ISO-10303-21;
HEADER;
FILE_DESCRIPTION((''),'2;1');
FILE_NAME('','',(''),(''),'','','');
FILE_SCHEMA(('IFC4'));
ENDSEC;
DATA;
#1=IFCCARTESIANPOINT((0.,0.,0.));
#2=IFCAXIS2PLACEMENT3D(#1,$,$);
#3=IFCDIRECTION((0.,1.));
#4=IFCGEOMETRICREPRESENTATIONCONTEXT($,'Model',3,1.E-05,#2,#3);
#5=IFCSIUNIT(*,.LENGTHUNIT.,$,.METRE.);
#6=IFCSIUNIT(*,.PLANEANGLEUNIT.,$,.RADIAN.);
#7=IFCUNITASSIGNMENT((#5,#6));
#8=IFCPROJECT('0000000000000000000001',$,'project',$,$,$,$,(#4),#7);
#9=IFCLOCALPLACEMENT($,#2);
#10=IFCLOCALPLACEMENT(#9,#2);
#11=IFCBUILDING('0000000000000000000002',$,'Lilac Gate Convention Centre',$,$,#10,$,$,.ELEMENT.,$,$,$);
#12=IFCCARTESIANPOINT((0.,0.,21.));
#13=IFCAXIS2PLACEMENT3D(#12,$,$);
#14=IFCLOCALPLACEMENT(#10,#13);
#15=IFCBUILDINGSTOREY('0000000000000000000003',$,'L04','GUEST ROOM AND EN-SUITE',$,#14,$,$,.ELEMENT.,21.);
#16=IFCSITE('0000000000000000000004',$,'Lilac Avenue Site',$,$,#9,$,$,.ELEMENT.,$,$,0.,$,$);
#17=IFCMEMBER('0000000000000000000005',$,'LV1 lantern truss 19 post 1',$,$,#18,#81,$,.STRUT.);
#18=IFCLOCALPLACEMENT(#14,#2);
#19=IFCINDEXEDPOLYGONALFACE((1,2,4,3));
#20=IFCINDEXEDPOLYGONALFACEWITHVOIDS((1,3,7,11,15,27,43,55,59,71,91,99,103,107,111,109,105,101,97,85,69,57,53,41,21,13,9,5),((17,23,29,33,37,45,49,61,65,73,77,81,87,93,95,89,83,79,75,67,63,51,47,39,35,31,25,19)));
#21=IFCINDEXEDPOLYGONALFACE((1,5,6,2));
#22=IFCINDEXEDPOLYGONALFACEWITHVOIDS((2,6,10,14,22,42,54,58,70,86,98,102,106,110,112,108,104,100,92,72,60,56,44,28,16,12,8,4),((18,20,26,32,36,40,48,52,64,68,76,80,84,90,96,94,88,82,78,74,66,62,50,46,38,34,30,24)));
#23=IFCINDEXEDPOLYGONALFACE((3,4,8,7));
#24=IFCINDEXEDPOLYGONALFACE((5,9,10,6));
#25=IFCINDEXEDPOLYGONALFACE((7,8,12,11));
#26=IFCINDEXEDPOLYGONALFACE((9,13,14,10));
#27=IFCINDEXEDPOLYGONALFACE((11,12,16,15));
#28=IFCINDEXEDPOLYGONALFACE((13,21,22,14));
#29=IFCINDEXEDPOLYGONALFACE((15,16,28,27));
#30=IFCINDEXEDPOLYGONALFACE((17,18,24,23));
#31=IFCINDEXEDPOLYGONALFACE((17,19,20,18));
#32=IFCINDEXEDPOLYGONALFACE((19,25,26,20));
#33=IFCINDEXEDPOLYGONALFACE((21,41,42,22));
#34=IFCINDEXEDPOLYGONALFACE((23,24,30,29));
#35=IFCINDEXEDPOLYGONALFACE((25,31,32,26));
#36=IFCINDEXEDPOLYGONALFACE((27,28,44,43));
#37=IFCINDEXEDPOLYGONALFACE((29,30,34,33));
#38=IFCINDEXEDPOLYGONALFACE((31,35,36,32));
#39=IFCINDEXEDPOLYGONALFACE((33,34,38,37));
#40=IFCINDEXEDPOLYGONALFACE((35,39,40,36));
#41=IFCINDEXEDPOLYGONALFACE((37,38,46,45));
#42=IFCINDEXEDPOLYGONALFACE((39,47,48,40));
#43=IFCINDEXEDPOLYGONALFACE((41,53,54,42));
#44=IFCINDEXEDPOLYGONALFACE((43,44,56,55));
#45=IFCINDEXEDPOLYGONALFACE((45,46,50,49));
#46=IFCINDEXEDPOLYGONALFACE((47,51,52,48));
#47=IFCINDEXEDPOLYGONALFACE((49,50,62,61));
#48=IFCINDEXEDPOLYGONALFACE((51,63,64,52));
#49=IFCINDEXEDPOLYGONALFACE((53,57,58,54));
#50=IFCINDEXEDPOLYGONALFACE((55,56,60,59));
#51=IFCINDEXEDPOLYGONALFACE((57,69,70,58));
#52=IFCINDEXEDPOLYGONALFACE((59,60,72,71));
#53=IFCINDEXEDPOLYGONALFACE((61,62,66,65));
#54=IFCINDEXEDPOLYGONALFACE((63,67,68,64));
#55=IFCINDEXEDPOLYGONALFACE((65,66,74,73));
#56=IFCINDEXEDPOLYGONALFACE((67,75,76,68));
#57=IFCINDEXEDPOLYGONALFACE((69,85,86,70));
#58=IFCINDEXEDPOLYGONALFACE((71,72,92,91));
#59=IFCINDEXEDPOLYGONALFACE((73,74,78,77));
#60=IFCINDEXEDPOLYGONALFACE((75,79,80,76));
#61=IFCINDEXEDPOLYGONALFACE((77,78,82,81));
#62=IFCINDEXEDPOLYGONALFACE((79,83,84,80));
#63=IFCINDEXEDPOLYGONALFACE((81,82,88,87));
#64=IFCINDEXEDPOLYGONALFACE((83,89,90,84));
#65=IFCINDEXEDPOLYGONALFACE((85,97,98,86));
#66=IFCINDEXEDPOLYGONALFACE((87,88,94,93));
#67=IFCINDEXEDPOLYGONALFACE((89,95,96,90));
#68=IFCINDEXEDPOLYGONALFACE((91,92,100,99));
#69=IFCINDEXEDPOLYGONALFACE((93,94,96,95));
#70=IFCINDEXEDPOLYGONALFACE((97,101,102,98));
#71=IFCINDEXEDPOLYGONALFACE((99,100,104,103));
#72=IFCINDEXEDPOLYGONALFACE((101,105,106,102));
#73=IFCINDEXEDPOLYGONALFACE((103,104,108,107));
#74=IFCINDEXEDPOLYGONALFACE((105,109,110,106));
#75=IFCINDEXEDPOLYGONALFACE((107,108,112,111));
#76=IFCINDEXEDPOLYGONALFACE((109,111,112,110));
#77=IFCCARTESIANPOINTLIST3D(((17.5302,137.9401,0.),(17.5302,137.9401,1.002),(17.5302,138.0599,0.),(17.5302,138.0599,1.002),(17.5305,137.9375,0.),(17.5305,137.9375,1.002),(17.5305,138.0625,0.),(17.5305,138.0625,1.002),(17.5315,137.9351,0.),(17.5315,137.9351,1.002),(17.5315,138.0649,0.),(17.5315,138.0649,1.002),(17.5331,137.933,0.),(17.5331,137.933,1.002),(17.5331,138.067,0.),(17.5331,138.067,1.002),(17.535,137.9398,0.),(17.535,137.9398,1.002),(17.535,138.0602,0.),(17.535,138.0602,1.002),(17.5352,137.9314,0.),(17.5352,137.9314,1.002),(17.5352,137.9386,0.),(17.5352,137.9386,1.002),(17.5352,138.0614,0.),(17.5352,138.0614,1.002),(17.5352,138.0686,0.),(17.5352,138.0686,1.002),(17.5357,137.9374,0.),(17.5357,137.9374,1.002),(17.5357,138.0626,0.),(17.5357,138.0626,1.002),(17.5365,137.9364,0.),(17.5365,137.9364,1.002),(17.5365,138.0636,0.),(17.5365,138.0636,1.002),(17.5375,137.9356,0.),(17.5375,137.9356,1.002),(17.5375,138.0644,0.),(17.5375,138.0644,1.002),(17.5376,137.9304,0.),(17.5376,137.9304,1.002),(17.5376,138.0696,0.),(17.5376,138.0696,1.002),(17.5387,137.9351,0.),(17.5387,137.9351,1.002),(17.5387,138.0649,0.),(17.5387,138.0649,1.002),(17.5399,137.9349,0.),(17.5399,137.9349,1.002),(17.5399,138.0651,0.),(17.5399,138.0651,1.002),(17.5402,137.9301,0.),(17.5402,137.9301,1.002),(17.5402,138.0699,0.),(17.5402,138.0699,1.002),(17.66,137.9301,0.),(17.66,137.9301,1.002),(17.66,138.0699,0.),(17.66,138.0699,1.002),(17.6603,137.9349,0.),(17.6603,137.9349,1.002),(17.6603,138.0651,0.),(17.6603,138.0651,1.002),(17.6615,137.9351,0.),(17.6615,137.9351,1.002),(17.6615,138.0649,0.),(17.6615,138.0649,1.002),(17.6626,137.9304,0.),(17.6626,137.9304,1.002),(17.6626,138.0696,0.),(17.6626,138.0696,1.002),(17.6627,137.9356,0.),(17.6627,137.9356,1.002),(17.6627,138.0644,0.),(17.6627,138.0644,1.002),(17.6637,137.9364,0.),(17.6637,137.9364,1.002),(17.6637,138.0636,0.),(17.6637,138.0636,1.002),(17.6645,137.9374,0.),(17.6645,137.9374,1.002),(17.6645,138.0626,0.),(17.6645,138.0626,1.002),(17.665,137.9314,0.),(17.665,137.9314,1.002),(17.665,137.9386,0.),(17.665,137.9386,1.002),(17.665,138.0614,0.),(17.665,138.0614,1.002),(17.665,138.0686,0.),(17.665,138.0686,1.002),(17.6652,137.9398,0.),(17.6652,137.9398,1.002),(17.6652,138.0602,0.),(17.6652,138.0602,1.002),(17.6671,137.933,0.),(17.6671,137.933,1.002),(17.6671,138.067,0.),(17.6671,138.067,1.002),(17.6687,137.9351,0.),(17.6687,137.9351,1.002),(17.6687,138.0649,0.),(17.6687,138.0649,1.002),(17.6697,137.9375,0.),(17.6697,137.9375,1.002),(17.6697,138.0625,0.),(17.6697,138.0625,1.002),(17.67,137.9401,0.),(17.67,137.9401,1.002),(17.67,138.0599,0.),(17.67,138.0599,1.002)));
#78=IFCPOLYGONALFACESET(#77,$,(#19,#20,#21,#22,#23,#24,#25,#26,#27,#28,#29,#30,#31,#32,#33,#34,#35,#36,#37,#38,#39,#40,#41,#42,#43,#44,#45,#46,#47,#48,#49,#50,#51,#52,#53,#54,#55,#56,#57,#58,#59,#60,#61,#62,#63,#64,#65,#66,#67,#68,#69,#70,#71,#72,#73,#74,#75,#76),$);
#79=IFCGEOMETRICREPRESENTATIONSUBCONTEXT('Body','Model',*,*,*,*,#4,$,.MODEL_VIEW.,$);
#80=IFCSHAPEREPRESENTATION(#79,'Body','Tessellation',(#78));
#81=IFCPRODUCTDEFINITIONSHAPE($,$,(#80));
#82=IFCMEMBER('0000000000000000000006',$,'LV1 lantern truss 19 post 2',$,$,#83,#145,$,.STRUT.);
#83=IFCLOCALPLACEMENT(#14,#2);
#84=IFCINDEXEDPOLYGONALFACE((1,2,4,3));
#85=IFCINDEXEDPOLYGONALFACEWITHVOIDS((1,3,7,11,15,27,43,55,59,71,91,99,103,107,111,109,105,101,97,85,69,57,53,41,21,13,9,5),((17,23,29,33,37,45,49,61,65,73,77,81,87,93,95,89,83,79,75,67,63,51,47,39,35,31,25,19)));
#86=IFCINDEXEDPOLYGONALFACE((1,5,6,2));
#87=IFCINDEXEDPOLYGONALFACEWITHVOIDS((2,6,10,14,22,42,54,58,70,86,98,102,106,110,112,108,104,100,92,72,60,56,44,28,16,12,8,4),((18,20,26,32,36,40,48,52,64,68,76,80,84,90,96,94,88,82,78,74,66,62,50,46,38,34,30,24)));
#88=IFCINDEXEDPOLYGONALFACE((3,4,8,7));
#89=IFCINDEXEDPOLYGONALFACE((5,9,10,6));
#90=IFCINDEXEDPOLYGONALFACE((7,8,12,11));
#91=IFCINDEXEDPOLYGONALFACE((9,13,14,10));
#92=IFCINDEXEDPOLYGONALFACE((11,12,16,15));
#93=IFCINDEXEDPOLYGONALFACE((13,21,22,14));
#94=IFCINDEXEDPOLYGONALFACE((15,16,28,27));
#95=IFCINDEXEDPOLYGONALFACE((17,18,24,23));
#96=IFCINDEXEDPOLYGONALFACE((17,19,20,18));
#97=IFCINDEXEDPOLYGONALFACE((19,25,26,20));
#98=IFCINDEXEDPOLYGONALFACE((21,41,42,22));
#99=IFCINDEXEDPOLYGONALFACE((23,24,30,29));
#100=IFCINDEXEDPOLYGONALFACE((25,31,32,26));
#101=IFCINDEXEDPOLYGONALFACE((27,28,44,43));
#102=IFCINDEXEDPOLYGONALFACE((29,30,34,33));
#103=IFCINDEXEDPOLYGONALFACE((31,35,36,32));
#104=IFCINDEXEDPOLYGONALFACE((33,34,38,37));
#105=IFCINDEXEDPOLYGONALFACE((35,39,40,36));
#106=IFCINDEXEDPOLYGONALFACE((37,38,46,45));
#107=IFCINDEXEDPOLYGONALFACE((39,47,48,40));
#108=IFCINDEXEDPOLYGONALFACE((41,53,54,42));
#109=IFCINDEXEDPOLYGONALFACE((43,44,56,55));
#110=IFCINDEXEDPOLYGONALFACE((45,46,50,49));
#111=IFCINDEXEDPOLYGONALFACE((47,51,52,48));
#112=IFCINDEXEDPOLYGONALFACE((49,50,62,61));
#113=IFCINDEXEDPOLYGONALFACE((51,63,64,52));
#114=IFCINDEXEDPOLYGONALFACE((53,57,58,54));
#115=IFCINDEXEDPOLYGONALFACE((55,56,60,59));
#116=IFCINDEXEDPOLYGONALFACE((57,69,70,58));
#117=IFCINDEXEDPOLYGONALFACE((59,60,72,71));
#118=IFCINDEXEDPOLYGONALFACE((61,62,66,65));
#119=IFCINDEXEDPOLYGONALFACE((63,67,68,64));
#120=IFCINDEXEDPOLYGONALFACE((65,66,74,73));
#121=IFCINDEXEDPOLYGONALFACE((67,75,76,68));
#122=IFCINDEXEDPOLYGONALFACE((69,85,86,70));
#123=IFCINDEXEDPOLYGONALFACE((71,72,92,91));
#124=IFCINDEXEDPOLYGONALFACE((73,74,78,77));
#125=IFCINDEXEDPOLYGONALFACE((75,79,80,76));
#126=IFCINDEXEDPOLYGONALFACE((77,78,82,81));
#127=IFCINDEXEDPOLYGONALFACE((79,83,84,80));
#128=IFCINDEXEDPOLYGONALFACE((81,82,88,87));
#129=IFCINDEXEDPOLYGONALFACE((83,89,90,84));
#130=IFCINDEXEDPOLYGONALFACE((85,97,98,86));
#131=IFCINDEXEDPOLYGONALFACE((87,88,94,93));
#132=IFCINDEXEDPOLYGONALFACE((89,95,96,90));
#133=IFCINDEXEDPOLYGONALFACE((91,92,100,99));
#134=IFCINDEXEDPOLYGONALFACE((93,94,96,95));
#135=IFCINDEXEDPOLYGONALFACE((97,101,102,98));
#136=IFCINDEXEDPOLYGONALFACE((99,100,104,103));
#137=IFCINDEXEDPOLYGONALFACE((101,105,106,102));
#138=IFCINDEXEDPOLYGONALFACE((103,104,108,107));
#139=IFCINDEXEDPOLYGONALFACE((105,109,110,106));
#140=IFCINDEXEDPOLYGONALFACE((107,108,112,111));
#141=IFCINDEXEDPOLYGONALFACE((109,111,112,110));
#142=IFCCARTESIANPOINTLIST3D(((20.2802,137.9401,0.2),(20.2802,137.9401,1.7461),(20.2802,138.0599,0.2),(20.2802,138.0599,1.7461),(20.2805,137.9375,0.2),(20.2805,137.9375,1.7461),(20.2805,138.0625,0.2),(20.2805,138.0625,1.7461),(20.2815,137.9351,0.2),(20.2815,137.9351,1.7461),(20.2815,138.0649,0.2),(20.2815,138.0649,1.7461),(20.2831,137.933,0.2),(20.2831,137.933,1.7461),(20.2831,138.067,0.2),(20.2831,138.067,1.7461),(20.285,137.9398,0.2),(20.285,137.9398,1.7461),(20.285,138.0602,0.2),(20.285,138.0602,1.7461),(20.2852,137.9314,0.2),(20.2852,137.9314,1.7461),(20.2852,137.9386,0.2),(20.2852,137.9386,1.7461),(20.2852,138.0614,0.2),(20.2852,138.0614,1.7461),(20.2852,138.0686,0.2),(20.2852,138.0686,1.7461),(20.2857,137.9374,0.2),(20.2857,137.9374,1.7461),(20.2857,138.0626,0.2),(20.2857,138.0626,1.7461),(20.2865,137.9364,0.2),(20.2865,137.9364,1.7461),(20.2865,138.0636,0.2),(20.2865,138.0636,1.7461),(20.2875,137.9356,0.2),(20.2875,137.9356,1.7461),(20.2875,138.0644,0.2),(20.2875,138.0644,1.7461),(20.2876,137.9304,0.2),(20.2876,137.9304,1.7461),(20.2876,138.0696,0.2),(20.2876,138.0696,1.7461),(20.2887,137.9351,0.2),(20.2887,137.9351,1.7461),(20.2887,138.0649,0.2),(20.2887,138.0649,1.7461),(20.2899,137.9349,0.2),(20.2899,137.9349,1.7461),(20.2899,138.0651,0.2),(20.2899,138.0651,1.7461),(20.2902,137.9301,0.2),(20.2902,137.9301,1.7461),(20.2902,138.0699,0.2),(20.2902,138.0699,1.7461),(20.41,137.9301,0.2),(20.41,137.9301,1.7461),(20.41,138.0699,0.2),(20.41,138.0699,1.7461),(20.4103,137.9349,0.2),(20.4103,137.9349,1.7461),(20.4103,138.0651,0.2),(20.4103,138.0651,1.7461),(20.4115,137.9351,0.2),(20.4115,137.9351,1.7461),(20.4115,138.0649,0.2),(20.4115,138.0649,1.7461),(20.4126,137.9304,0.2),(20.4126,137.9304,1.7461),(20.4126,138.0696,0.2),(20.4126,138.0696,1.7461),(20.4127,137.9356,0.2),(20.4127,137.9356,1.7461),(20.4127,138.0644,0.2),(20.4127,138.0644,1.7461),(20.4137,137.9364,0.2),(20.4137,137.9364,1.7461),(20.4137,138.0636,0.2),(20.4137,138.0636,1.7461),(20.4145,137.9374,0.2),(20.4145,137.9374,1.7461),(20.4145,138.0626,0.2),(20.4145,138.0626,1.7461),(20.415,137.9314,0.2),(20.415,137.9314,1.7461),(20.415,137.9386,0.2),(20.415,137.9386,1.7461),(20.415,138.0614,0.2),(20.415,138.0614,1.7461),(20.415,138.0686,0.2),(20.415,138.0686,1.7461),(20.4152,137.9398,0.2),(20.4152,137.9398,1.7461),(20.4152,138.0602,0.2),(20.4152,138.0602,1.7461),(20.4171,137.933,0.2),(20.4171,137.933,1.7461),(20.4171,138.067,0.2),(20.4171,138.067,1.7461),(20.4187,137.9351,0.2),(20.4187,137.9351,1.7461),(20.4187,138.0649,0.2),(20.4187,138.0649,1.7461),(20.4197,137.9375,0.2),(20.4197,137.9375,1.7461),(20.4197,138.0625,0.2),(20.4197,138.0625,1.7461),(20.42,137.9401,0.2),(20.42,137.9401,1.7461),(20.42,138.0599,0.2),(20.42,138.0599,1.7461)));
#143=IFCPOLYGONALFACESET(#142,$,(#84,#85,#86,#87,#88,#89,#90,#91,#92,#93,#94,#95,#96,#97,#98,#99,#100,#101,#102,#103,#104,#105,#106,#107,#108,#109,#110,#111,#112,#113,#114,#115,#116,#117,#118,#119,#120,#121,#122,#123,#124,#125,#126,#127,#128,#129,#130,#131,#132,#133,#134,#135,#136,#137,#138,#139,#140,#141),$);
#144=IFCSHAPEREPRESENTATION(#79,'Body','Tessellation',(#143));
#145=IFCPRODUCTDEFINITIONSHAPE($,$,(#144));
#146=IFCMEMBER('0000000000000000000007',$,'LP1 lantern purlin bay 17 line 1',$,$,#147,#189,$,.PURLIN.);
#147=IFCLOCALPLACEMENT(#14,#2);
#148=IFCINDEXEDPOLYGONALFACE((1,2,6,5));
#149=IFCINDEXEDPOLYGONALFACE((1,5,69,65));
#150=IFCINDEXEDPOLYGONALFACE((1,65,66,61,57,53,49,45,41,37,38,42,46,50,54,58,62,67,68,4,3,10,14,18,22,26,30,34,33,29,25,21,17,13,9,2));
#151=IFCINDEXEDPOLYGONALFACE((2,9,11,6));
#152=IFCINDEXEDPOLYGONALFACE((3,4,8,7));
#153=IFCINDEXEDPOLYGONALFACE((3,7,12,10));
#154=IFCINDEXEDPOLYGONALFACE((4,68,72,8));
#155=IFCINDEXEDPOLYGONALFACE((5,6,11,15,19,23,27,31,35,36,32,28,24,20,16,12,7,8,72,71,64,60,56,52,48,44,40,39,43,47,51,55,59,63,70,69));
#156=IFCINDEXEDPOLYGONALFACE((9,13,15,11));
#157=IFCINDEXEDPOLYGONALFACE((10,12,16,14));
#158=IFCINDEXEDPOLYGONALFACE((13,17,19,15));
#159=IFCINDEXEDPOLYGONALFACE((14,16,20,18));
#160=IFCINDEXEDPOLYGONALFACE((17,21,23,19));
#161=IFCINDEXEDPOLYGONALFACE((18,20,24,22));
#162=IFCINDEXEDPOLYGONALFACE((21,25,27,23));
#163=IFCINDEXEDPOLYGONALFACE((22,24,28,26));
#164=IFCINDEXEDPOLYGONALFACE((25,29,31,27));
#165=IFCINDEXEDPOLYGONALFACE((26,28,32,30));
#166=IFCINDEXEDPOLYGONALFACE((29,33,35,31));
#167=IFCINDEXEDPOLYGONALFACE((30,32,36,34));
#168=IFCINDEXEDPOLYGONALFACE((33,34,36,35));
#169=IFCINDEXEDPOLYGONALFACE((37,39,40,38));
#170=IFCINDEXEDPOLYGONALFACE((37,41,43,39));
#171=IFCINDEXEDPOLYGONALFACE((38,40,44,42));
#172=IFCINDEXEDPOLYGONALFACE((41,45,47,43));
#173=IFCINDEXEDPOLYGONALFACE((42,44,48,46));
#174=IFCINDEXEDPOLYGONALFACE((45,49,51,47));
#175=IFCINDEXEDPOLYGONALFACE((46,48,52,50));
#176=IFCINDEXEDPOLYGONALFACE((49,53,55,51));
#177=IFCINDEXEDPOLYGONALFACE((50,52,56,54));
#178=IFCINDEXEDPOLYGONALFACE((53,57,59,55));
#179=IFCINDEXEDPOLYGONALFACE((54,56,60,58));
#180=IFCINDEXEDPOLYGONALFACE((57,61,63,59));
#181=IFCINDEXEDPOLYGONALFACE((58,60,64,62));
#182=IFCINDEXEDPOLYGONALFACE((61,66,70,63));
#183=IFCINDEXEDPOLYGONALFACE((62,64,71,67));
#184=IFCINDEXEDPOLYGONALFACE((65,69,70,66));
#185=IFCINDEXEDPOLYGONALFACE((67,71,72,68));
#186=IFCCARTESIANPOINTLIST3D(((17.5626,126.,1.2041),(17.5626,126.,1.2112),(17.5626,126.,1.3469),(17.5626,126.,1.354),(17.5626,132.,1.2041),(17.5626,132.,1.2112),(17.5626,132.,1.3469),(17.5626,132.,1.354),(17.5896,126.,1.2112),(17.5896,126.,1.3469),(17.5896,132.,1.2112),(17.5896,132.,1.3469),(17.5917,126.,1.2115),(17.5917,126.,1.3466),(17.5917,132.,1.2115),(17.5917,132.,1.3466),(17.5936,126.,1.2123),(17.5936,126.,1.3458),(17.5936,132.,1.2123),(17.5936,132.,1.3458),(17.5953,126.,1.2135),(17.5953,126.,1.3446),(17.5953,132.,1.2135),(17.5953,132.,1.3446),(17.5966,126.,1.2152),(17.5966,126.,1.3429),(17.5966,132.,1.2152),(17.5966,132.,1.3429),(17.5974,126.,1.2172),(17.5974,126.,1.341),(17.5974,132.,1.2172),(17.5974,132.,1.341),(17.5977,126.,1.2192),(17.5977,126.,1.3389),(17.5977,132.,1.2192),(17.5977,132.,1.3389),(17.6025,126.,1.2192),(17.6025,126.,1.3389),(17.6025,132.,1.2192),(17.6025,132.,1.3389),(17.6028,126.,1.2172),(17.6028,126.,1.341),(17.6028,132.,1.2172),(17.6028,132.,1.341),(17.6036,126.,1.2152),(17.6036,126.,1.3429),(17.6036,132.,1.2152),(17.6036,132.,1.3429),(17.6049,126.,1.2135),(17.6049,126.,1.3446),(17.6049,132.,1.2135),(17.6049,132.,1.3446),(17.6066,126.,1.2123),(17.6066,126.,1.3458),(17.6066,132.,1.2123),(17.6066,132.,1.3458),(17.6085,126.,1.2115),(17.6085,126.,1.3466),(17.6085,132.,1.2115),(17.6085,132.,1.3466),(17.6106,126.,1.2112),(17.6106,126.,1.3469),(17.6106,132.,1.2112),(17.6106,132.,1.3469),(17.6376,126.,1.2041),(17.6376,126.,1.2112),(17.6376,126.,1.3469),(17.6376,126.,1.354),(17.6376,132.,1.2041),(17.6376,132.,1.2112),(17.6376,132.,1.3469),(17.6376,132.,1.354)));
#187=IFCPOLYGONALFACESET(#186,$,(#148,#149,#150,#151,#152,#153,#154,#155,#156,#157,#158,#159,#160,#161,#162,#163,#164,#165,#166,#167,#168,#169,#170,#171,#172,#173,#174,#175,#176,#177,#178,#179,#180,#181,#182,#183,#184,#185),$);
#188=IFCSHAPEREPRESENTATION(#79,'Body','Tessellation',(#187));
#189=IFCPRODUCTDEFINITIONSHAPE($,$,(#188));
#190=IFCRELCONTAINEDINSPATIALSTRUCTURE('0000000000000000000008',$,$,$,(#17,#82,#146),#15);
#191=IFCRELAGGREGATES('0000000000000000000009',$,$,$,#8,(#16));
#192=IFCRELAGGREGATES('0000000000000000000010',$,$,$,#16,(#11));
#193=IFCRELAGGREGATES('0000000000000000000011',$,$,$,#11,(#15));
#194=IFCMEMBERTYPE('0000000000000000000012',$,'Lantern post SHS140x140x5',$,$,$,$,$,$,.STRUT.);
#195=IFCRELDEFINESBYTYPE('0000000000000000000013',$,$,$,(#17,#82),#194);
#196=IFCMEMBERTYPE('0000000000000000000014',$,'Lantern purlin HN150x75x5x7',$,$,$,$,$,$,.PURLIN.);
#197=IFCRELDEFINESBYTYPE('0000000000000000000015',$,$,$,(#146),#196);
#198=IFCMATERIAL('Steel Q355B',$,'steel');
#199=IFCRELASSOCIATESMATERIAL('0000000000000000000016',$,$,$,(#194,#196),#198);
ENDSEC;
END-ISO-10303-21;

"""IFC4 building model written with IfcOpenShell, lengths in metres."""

from ifc_helpers import new_model, si_unit, direction, frame, origin, origin_2d, place, context, subcontext, project, spatial, hollow_rectangle, i_section, extrude, material, material_profile, profile_set, type_object, element, save


model = new_model("IFC4")

# Units and contexts
model_context = context("Model", 3, precision=1e-05, world=origin(), true_north=direction((0.0, 1.0)))
body_context = subcontext(model_context, "Body", "Model", "MODEL_VIEW")
ifc_project = project(units=[si_unit("LENGTHUNIT", "METRE"), si_unit("PLANEANGLEUNIT", "RADIAN")], contexts=[model_context])

# Site, building, storey
site_placement = place(None, origin())
site = spatial("IfcSite", under=ifc_project, at=site_placement, Name="Lilac Avenue Site", CompositionType="ELEMENT", RefElevation=0.0)
building_placement = place(site_placement, origin())
building = spatial("IfcBuilding", under=site, at=building_placement, Name="Lilac Gate Convention Centre", CompositionType="ELEMENT")
storey_placement = place(building_placement, frame((0.0, 0.0, 21.0)))
storey = spatial("IfcBuildingStorey", under=building, at=storey_placement, Name="L04", Description="GUEST ROOM AND EN-SUITE", CompositionType="ELEMENT", Elevation=21.0)

# Members
ifc_material_1 = material(Name="Steel Q355B", Category="steel")
ifc_material_profile_1 = material_profile(ifc_material_1, hollow_rectangle(XDim=0.1399, YDim=0.1399, WallThickness=0.0049, InnerFilletRadius=0.0049, OuterFilletRadius=0.01, at=origin_2d()), Name="SHS140x140x5")
ifc_profile_set_1 = profile_set([ifc_material_profile_1], Name="Steel Q355B")
member_type_1 = type_object("IfcMemberType", Name="Lantern post SHS140x140x5", PredefinedType="STRUT", material=ifc_profile_set_1)
member_1_placement = place(storey_placement, frame((17.6001, 138.0, 0.0), z_axis=(0.0, 0.0, 1.0), x_axis=(1.0, 0.0, 0.0)))
element("IfcMember", 1, at=member_1_placement, inside=storey, type_object=member_type_1, Name="LV1 lantern truss 19 post 1", PredefinedType="STRUT", context=body_context, shape_type="SweptSolid", body=[
    extrude(hollow_rectangle(XDim=0.1399, YDim=0.1399, WallThickness=0.0049, InnerFilletRadius=0.0049, OuterFilletRadius=0.01, at=origin_2d()), origin(), (0.0, 0.0, 1.0), 1.002),
])
member_2_placement = place(storey_placement, frame((20.3501, 138.0, 0.2), z_axis=(0.0, 0.0, 1.0), x_axis=(1.0, 0.0, 0.0)))
element("IfcMember", 2, at=member_2_placement, inside=storey, type_object=member_type_1, Name="LV1 lantern truss 19 post 2", PredefinedType="STRUT", context=body_context, shape_type="SweptSolid", body=[
    extrude(hollow_rectangle(XDim=0.1399, YDim=0.1399, WallThickness=0.0049, InnerFilletRadius=0.0049, OuterFilletRadius=0.01, at=origin_2d()), origin(), (0.0, 0.0, 1.0), 1.5461),
])
ifc_material_profile_2 = material_profile(ifc_material_1, i_section(OverallWidth=0.075, OverallDepth=0.1499, WebThickness=0.0049, FlangeThickness=0.0071, FilletRadius=0.0081, at=origin_2d()), Name="HN150x75x5x7")
ifc_profile_set_2 = profile_set([ifc_material_profile_2], Name="Steel Q355B")
member_type_2 = type_object("IfcMemberType", Name="Lantern purlin HN150x75x5x7", PredefinedType="PURLIN", material=ifc_profile_set_2)
for number, where, z_axis, x_axis, name in (
    (3, (17.6001, 126.0, 1.2791), (0.0, 1.0, 0.0), (-1.0, 0.0, 0.0), "LP1 lantern purlin bay 17 line 1"),
):
    element("IfcMember", number, at=place(storey_placement, frame(where, z_axis=z_axis, x_axis=x_axis)), inside=storey, type_object=member_type_2, Name=name, PredefinedType="PURLIN", context=body_context, shape_type="SweptSolid", body=[
        extrude(i_section(OverallWidth=0.075, OverallDepth=0.1499, WebThickness=0.0049, FlangeThickness=0.0071, FilletRadius=0.0081, at=origin_2d()), origin(), (0.0, 0.0, 1.0), 6.0),
    ])

save(model, "model.ifc")
